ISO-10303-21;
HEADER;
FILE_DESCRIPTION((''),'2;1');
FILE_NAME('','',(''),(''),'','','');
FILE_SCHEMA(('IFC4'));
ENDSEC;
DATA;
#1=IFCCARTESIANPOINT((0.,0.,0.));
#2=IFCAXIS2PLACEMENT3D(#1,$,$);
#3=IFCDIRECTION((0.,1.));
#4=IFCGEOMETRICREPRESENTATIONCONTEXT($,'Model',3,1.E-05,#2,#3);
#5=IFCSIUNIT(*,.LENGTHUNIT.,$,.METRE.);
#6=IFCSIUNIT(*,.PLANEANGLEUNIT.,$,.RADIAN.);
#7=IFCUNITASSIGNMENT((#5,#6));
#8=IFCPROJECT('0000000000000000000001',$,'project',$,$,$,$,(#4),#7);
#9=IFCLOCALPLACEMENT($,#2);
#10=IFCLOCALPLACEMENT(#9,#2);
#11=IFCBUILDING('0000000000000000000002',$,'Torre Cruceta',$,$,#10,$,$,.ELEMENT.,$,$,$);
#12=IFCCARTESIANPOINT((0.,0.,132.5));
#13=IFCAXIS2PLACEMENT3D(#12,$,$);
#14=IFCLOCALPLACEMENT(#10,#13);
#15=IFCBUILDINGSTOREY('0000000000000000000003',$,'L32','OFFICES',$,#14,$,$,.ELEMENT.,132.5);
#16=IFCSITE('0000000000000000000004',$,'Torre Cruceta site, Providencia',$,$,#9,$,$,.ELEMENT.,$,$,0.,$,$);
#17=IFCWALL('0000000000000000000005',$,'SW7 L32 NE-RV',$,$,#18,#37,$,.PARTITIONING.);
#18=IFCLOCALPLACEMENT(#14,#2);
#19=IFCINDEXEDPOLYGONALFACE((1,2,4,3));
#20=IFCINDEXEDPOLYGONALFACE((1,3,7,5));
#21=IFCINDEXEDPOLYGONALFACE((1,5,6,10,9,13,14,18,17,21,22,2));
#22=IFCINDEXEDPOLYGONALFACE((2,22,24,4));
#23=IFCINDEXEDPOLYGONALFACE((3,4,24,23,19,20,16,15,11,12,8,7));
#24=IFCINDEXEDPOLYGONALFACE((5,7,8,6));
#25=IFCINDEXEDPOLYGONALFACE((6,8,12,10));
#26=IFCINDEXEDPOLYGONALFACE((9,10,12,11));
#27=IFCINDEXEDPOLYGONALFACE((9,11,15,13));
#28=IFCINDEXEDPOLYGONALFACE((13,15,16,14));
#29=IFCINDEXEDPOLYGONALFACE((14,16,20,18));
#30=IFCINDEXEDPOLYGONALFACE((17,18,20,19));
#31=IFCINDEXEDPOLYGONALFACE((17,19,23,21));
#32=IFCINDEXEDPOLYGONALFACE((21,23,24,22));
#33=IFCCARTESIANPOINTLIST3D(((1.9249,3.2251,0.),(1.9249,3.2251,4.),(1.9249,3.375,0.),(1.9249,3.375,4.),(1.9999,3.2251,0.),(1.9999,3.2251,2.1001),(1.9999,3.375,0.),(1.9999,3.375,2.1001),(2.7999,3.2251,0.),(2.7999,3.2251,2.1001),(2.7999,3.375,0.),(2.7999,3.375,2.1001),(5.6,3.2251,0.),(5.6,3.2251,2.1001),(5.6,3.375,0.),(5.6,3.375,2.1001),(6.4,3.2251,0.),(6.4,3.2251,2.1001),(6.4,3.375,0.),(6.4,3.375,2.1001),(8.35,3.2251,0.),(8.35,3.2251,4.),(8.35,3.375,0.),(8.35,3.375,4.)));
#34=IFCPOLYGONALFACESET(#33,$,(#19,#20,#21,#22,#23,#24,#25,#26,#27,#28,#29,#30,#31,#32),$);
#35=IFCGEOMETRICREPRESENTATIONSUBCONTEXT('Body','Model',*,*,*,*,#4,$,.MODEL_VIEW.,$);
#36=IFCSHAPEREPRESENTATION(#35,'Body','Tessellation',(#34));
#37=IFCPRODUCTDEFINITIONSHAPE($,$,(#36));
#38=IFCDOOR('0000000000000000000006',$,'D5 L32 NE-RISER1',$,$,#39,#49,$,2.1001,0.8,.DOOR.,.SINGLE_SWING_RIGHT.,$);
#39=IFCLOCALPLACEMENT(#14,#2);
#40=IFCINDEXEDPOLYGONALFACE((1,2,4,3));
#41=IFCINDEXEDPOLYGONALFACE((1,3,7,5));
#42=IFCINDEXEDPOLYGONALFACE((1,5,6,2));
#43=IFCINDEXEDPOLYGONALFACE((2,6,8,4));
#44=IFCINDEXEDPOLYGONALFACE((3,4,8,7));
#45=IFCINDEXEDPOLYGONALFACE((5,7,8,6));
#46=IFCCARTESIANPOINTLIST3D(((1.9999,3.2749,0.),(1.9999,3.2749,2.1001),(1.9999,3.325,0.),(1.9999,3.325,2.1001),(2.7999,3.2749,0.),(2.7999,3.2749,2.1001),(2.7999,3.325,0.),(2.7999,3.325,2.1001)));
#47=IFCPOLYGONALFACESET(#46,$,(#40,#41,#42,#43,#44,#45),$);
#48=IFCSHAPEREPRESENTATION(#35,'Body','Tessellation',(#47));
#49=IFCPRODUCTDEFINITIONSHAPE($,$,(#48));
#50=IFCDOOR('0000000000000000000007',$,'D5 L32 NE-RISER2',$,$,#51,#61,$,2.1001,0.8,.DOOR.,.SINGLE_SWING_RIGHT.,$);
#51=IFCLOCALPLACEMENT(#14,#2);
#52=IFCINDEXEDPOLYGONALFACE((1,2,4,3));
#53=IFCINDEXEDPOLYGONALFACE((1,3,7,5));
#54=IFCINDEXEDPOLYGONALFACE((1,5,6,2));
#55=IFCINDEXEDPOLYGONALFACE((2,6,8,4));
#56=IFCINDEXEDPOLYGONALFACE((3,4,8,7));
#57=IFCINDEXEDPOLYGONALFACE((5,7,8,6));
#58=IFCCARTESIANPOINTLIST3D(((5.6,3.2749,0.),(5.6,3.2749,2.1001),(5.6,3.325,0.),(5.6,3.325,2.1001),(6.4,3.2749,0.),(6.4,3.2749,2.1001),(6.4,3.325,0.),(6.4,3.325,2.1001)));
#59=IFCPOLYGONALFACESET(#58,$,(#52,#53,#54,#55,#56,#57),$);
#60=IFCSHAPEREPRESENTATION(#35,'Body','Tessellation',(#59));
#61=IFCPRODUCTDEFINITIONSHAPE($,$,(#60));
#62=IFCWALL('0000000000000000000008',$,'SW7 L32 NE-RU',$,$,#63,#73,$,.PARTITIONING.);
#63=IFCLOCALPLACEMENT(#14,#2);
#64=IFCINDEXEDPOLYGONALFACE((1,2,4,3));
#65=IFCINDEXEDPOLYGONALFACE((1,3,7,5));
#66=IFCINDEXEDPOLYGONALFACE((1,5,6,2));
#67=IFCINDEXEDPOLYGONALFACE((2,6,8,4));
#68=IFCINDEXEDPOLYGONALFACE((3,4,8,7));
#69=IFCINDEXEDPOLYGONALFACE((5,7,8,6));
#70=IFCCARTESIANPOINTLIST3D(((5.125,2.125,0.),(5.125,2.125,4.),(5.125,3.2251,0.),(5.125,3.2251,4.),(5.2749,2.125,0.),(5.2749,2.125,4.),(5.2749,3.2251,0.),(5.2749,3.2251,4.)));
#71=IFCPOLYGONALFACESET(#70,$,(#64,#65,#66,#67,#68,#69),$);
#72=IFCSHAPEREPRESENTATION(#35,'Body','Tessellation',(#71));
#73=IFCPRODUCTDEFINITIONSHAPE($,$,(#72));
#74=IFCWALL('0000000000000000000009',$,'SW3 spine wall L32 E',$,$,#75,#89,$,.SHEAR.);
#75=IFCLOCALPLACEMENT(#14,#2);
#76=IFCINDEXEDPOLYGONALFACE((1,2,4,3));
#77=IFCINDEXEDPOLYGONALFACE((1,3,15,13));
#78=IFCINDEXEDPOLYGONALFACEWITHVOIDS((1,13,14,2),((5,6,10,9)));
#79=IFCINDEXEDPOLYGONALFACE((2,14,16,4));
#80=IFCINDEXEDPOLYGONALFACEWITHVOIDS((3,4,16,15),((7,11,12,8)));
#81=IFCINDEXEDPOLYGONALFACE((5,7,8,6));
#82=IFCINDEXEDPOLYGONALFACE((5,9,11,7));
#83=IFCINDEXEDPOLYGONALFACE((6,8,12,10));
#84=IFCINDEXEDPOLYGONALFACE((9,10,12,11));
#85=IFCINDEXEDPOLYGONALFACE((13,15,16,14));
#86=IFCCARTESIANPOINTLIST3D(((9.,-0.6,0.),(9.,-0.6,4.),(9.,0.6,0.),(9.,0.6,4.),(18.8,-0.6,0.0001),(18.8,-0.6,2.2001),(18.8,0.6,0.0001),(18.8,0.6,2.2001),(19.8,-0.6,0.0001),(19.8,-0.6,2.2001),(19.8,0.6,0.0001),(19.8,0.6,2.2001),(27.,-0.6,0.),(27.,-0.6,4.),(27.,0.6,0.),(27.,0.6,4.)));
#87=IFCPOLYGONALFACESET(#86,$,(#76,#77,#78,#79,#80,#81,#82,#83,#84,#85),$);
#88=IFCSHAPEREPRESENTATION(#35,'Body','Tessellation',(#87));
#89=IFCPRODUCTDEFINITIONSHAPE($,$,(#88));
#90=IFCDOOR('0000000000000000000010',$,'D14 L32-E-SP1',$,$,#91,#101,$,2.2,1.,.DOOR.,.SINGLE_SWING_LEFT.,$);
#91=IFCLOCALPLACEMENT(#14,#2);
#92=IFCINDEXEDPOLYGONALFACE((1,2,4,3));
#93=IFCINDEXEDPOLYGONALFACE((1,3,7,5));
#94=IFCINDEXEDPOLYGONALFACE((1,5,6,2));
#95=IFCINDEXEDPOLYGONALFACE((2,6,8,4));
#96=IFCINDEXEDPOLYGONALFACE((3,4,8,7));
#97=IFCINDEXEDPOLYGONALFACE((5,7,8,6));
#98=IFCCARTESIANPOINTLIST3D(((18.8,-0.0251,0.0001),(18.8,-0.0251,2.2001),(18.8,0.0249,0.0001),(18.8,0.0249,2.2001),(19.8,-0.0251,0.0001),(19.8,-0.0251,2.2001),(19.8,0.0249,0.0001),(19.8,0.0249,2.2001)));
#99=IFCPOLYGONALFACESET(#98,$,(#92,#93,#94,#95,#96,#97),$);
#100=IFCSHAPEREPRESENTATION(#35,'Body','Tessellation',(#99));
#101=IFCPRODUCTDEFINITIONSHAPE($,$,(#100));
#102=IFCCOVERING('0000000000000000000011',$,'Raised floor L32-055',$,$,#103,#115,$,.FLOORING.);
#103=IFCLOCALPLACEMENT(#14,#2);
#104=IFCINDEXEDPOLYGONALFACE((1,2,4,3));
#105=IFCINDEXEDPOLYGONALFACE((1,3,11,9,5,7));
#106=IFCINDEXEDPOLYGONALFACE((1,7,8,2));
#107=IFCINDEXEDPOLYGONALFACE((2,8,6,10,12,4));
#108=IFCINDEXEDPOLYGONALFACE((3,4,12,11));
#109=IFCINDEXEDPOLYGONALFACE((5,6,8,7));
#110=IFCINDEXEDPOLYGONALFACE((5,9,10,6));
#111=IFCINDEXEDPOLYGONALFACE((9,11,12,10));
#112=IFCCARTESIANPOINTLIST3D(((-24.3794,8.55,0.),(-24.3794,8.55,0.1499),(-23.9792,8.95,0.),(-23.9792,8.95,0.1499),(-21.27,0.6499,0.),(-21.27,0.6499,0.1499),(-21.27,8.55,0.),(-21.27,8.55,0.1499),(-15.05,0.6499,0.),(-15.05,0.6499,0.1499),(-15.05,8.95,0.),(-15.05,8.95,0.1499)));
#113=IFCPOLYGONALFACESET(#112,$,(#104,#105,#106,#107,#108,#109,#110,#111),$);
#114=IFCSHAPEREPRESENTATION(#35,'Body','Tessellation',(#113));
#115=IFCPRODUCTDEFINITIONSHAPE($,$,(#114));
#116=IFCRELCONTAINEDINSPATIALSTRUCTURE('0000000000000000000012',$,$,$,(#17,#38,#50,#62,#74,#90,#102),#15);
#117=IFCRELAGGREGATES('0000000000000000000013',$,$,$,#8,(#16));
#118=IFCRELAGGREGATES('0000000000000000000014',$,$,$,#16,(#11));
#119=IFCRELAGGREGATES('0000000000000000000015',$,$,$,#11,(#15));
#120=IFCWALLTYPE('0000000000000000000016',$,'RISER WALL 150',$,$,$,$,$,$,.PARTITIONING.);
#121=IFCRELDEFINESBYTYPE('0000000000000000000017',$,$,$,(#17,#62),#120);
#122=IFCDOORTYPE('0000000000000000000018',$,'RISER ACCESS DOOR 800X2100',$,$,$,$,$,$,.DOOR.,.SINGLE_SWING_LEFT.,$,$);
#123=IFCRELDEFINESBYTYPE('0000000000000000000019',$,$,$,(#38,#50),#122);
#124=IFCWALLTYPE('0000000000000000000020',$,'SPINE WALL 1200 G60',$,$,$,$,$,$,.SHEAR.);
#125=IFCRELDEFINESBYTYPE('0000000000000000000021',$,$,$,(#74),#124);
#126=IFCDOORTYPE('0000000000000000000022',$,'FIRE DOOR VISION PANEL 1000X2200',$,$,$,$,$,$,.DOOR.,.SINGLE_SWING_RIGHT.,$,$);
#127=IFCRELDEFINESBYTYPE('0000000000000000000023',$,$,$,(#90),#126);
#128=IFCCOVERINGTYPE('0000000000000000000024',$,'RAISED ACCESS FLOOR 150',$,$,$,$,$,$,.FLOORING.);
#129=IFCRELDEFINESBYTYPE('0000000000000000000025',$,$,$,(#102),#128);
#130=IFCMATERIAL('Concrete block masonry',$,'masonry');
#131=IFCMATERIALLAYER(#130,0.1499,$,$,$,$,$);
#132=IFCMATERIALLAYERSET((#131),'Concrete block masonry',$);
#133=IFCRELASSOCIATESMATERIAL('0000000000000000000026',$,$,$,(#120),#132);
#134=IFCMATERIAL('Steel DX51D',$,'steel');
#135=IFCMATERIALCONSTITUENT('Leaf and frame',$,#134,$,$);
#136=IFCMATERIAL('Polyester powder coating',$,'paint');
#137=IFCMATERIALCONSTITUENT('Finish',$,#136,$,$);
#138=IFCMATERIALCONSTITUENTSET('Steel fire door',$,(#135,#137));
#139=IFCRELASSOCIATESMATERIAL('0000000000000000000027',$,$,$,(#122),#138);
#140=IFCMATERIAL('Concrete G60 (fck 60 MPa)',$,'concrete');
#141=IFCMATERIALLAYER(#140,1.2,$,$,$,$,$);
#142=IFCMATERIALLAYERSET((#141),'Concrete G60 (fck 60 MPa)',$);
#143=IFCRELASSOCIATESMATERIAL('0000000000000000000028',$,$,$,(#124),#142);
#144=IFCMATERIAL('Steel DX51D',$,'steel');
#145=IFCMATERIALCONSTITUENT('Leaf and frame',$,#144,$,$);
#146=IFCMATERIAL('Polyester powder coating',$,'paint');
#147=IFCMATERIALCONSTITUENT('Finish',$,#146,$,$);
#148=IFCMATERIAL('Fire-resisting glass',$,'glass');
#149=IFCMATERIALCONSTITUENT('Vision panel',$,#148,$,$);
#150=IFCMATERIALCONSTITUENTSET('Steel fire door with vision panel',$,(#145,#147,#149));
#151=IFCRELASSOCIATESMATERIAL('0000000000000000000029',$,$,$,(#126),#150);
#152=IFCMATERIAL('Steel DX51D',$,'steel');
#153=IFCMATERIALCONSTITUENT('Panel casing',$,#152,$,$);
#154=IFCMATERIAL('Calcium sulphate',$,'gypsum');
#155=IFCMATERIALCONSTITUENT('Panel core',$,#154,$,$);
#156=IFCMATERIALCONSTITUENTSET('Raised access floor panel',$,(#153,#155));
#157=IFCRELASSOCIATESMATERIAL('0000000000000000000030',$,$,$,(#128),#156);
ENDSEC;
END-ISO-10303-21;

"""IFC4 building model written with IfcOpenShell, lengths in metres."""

from ifc_helpers import new_model, si_unit, direction, frame, frame_2d, origin, place, context, subcontext, project, spatial, polyline, rectangle, outline, extrude, material, layer, layer_set, constituent, constituent_set, type_object, element, fill, save


model = new_model("IFC4")

# Units and contexts
model_context = context("Model", 3, precision=1e-05, world=origin(), true_north=direction((0.0, 1.0)))
body_context = subcontext(model_context, "Body", "Model", "MODEL_VIEW")
ifc_project = project(units=[si_unit("LENGTHUNIT", "METRE"), si_unit("PLANEANGLEUNIT", "RADIAN")], contexts=[model_context])

# Site, building, storey
site_placement = place(None, origin())
site = spatial("IfcSite", under=ifc_project, at=site_placement, Name="Torre Cruceta site, Providencia", CompositionType="ELEMENT", RefElevation=0.0)
building_placement = place(site_placement, origin())
building = spatial("IfcBuilding", under=site, at=building_placement, Name="Torre Cruceta", CompositionType="ELEMENT")
storey_placement = place(building_placement, frame((0.0, 0.0, 132.5)))
storey = spatial("IfcBuildingStorey", under=building, at=storey_placement, Name="L32", Description="OFFICES", CompositionType="ELEMENT", Elevation=132.5)

# Wall, openings, doors
ifc_material_1 = material(Name="Concrete block masonry", Category="masonry")
ifc_layer_1 = layer(ifc_material_1, 0.1499)
ifc_layer_set_1 = layer_set([ifc_layer_1], Name="Concrete block masonry")
wall_type_1 = type_object("IfcWallType", Name="RISER WALL 150", PredefinedType="PARTITIONING", material=ifc_layer_set_1)
wall_1_placement = place(storey_placement, frame((1.925, 3.3, 0.0), z_axis=(0.0, 0.0, 1.0), x_axis=(1.0, 0.0, 0.0)))
wall_1 = element("IfcWall", 1, at=wall_1_placement, inside=storey, type_object=wall_type_1, Name="SW7 L32 NE-RV", PredefinedType="PARTITIONING", context=body_context, shape_type="SweptSolid", body=[
    extrude(rectangle(XDim=6.425, YDim=0.1499, at=frame_2d((3.2124, 0.0))), origin(), (0.0, 0.0, 1.0), 4.0),
])
opening_1_placement = place(wall_1_placement, frame((0.075, 0.0, 0.0)))
opening_1 = element("IfcOpeningElement", 2, at=opening_1_placement, cuts=wall_1, PredefinedType="OPENING", context=body_context, shape_type="SweptSolid", body=[
    extrude(rectangle(XDim=0.8, YDim=2.1001, at=frame_2d((0.3999, 1.05))), frame((0.0, 0.085, 0.0), z_axis=(0.0, -1.0, 0.0), x_axis=(1.0, 0.0, 0.0)), (0.0, 0.0, 1.0), 0.1699),
])
opening_2_placement = place(wall_1_placement, frame((3.675, 0.0, 0.0)))
opening_2 = element("IfcOpeningElement", 3, at=opening_2_placement, cuts=wall_1, PredefinedType="OPENING", context=body_context, shape_type="SweptSolid", body=[
    extrude(rectangle(XDim=0.8, YDim=2.1001, at=frame_2d((0.3999, 1.05))), frame((0.0, 0.085, 0.0), z_axis=(0.0, -1.0, 0.0), x_axis=(1.0, 0.0, 0.0)), (0.0, 0.0, 1.0), 0.1699),
])
ifc_material_2 = material(Name="Steel DX51D", Category="steel")
ifc_constituent_1 = constituent(ifc_material_2, Name="Leaf and frame")
ifc_material_3 = material(Name="Polyester powder coating", Category="paint")
ifc_constituent_2 = constituent(ifc_material_3, Name="Finish")
ifc_constituent_set_1 = constituent_set(constituents=[ifc_constituent_1, ifc_constituent_2], Name="Steel fire door")
door_type_1 = type_object("IfcDoorType", Name="RISER ACCESS DOOR 800X2100", OperationType="SINGLE_SWING_LEFT", PredefinedType="DOOR", material=ifc_constituent_set_1)
door_1_placement = place(opening_1_placement, frame((0.8, 0.0, 0.0), z_axis=(0.0, 0.0, 1.0), x_axis=(-1.0, 0.0, 0.0)))
door_1 = element("IfcDoor", 4, at=door_1_placement, inside=storey, type_object=door_type_1, Name="D5 L32 NE-RISER1", OperationType="SINGLE_SWING_RIGHT", OverallHeight=2.1001, OverallWidth=0.8, PredefinedType="DOOR", context=body_context, shape_type="SweptSolid", body=[
    extrude(rectangle(XDim=0.8, YDim=2.1001, at=frame_2d((0.4001, 1.05))), frame((0.0, 0.0251, 0.0), z_axis=(0.0, -1.0, 0.0), x_axis=(1.0, 0.0, 0.0)), (0.0, 0.0, 1.0), 0.05),
])
fill(opening_1, door_1)
door_2_placement = place(opening_2_placement, frame((0.8, 0.0, 0.0), z_axis=(0.0, 0.0, 1.0), x_axis=(-1.0, 0.0, 0.0)))
door_2 = element("IfcDoor", 5, at=door_2_placement, inside=storey, type_object=door_type_1, Name="D5 L32 NE-RISER2", OperationType="SINGLE_SWING_RIGHT", OverallHeight=2.1001, OverallWidth=0.8, PredefinedType="DOOR", context=body_context, shape_type="SweptSolid", body=[
    extrude(rectangle(XDim=0.8, YDim=2.1001, at=frame_2d((0.4001, 1.05))), frame((0.0, 0.0251, 0.0), z_axis=(0.0, -1.0, 0.0), x_axis=(1.0, 0.0, 0.0)), (0.0, 0.0, 1.0), 0.05),
])
fill(opening_2, door_2)

# Wall
wall_2_placement = place(storey_placement, frame((5.2, 2.125, 0.0), z_axis=(0.0, 0.0, 1.0), x_axis=(0.0, 1.0, 0.0)))
element("IfcWall", 6, at=wall_2_placement, inside=storey, type_object=wall_type_1, Name="SW7 L32 NE-RU", PredefinedType="PARTITIONING", context=body_context, shape_type="SweptSolid", body=[
    extrude(rectangle(XDim=1.1001, YDim=0.1499, at=frame_2d((0.55, 0.0))), origin(), (0.0, 0.0, 1.0), 4.0),
])

# Wall, opening, door
ifc_material_4 = material(Name="Concrete G60 (fck 60 MPa)", Category="concrete")
ifc_layer_2 = layer(ifc_material_4, 1.2)
ifc_layer_set_2 = layer_set([ifc_layer_2], Name="Concrete G60 (fck 60 MPa)")
wall_type_2 = type_object("IfcWallType", Name="SPINE WALL 1200 G60", PredefinedType="SHEAR", material=ifc_layer_set_2)
wall_3_placement = place(storey_placement, frame((9.0, 0.0, 0.0), z_axis=(0.0, 0.0, 1.0), x_axis=(1.0, 0.0, 0.0)))
wall_3 = element("IfcWall", 7, at=wall_3_placement, inside=storey, type_object=wall_type_2, Name="SW3 spine wall L32 E", PredefinedType="SHEAR", context=body_context, shape_type="SweptSolid", body=[
    extrude(rectangle(XDim=18.0, YDim=1.2, at=frame_2d((9.0, 0.0))), origin(), (0.0, 0.0, 1.0), 4.0),
])
opening_3_placement = place(wall_3_placement, frame((9.8, 0.0, 0.0)))
opening_3 = element("IfcOpeningElement", 8, at=opening_3_placement, cuts=wall_3, PredefinedType="OPENING", context=body_context, shape_type="SweptSolid", body=[
    extrude(rectangle(XDim=1.0, YDim=2.2, at=frame_2d((0.5, 1.1001))), frame((0.0, 0.6099, 0.0), z_axis=(0.0, -1.0, 0.0), x_axis=(1.0, 0.0, 0.0)), (0.0, 0.0, 1.0), 1.22),
])
ifc_material_5 = material(Name="Steel DX51D", Category="steel")
ifc_constituent_3 = constituent(ifc_material_5, Name="Leaf and frame")
ifc_material_6 = material(Name="Polyester powder coating", Category="paint")
ifc_constituent_4 = constituent(ifc_material_6, Name="Finish")
ifc_material_7 = material(Name="Fire-resisting glass", Category="glass")
ifc_constituent_5 = constituent(ifc_material_7, Name="Vision panel")
ifc_constituent_set_2 = constituent_set(constituents=[ifc_constituent_3, ifc_constituent_4, ifc_constituent_5], Name="Steel fire door with vision panel")
door_type_2 = type_object("IfcDoorType", Name="FIRE DOOR VISION PANEL 1000X2200", OperationType="SINGLE_SWING_RIGHT", PredefinedType="DOOR", material=ifc_constituent_set_2)
door_3_placement = place(opening_3_placement, frame((1.0, 0.0, 0.0), z_axis=(0.0, 0.0, 1.0), x_axis=(-1.0, 0.0, 0.0)))
door_3 = element("IfcDoor", 9, at=door_3_placement, inside=storey, type_object=door_type_2, Name="D14 L32-E-SP1", OperationType="SINGLE_SWING_LEFT", OverallHeight=2.2, OverallWidth=1.0, PredefinedType="DOOR", context=body_context, shape_type="SweptSolid", body=[
    extrude(rectangle(XDim=1.0, YDim=2.2, at=frame_2d((0.5, 1.1001))), frame((0.0, 0.0251, 0.0), z_axis=(0.0, -1.0, 0.0), x_axis=(1.0, 0.0, 0.0)), (0.0, 0.0, 1.0), 0.05),
])
fill(opening_3, door_3)

# Covering
ifc_material_8 = material(Name="Steel DX51D", Category="steel")
ifc_constituent_6 = constituent(ifc_material_8, Name="Panel casing")
ifc_material_9 = material(Name="Calcium sulphate", Category="gypsum")
ifc_constituent_7 = constituent(ifc_material_9, Name="Panel core")
ifc_constituent_set_3 = constituent_set(constituents=[ifc_constituent_6, ifc_constituent_7], Name="Raised access floor panel")
covering_type = type_object("IfcCoveringType", Name="RAISED ACCESS FLOOR 150", PredefinedType="FLOORING", material=ifc_constituent_set_3)
covering_placement = place(storey_placement, origin())
element("IfcCovering", 10, at=covering_placement, inside=storey, type_object=covering_type, Name="Raised floor L32-055", PredefinedType="FLOORING", context=body_context, shape_type="SweptSolid", body=[
    extrude(outline(polyline([(-15.05, 8.95), (-15.05, 0.6499), (-21.27, 0.6499), (-21.27, 8.55), (-24.3794, 8.55), (-23.9792, 8.95), (-15.05, 8.95)])), origin(), (0.0, 0.0, 1.0), 0.1499),
])

save(model, "model.ifc")
